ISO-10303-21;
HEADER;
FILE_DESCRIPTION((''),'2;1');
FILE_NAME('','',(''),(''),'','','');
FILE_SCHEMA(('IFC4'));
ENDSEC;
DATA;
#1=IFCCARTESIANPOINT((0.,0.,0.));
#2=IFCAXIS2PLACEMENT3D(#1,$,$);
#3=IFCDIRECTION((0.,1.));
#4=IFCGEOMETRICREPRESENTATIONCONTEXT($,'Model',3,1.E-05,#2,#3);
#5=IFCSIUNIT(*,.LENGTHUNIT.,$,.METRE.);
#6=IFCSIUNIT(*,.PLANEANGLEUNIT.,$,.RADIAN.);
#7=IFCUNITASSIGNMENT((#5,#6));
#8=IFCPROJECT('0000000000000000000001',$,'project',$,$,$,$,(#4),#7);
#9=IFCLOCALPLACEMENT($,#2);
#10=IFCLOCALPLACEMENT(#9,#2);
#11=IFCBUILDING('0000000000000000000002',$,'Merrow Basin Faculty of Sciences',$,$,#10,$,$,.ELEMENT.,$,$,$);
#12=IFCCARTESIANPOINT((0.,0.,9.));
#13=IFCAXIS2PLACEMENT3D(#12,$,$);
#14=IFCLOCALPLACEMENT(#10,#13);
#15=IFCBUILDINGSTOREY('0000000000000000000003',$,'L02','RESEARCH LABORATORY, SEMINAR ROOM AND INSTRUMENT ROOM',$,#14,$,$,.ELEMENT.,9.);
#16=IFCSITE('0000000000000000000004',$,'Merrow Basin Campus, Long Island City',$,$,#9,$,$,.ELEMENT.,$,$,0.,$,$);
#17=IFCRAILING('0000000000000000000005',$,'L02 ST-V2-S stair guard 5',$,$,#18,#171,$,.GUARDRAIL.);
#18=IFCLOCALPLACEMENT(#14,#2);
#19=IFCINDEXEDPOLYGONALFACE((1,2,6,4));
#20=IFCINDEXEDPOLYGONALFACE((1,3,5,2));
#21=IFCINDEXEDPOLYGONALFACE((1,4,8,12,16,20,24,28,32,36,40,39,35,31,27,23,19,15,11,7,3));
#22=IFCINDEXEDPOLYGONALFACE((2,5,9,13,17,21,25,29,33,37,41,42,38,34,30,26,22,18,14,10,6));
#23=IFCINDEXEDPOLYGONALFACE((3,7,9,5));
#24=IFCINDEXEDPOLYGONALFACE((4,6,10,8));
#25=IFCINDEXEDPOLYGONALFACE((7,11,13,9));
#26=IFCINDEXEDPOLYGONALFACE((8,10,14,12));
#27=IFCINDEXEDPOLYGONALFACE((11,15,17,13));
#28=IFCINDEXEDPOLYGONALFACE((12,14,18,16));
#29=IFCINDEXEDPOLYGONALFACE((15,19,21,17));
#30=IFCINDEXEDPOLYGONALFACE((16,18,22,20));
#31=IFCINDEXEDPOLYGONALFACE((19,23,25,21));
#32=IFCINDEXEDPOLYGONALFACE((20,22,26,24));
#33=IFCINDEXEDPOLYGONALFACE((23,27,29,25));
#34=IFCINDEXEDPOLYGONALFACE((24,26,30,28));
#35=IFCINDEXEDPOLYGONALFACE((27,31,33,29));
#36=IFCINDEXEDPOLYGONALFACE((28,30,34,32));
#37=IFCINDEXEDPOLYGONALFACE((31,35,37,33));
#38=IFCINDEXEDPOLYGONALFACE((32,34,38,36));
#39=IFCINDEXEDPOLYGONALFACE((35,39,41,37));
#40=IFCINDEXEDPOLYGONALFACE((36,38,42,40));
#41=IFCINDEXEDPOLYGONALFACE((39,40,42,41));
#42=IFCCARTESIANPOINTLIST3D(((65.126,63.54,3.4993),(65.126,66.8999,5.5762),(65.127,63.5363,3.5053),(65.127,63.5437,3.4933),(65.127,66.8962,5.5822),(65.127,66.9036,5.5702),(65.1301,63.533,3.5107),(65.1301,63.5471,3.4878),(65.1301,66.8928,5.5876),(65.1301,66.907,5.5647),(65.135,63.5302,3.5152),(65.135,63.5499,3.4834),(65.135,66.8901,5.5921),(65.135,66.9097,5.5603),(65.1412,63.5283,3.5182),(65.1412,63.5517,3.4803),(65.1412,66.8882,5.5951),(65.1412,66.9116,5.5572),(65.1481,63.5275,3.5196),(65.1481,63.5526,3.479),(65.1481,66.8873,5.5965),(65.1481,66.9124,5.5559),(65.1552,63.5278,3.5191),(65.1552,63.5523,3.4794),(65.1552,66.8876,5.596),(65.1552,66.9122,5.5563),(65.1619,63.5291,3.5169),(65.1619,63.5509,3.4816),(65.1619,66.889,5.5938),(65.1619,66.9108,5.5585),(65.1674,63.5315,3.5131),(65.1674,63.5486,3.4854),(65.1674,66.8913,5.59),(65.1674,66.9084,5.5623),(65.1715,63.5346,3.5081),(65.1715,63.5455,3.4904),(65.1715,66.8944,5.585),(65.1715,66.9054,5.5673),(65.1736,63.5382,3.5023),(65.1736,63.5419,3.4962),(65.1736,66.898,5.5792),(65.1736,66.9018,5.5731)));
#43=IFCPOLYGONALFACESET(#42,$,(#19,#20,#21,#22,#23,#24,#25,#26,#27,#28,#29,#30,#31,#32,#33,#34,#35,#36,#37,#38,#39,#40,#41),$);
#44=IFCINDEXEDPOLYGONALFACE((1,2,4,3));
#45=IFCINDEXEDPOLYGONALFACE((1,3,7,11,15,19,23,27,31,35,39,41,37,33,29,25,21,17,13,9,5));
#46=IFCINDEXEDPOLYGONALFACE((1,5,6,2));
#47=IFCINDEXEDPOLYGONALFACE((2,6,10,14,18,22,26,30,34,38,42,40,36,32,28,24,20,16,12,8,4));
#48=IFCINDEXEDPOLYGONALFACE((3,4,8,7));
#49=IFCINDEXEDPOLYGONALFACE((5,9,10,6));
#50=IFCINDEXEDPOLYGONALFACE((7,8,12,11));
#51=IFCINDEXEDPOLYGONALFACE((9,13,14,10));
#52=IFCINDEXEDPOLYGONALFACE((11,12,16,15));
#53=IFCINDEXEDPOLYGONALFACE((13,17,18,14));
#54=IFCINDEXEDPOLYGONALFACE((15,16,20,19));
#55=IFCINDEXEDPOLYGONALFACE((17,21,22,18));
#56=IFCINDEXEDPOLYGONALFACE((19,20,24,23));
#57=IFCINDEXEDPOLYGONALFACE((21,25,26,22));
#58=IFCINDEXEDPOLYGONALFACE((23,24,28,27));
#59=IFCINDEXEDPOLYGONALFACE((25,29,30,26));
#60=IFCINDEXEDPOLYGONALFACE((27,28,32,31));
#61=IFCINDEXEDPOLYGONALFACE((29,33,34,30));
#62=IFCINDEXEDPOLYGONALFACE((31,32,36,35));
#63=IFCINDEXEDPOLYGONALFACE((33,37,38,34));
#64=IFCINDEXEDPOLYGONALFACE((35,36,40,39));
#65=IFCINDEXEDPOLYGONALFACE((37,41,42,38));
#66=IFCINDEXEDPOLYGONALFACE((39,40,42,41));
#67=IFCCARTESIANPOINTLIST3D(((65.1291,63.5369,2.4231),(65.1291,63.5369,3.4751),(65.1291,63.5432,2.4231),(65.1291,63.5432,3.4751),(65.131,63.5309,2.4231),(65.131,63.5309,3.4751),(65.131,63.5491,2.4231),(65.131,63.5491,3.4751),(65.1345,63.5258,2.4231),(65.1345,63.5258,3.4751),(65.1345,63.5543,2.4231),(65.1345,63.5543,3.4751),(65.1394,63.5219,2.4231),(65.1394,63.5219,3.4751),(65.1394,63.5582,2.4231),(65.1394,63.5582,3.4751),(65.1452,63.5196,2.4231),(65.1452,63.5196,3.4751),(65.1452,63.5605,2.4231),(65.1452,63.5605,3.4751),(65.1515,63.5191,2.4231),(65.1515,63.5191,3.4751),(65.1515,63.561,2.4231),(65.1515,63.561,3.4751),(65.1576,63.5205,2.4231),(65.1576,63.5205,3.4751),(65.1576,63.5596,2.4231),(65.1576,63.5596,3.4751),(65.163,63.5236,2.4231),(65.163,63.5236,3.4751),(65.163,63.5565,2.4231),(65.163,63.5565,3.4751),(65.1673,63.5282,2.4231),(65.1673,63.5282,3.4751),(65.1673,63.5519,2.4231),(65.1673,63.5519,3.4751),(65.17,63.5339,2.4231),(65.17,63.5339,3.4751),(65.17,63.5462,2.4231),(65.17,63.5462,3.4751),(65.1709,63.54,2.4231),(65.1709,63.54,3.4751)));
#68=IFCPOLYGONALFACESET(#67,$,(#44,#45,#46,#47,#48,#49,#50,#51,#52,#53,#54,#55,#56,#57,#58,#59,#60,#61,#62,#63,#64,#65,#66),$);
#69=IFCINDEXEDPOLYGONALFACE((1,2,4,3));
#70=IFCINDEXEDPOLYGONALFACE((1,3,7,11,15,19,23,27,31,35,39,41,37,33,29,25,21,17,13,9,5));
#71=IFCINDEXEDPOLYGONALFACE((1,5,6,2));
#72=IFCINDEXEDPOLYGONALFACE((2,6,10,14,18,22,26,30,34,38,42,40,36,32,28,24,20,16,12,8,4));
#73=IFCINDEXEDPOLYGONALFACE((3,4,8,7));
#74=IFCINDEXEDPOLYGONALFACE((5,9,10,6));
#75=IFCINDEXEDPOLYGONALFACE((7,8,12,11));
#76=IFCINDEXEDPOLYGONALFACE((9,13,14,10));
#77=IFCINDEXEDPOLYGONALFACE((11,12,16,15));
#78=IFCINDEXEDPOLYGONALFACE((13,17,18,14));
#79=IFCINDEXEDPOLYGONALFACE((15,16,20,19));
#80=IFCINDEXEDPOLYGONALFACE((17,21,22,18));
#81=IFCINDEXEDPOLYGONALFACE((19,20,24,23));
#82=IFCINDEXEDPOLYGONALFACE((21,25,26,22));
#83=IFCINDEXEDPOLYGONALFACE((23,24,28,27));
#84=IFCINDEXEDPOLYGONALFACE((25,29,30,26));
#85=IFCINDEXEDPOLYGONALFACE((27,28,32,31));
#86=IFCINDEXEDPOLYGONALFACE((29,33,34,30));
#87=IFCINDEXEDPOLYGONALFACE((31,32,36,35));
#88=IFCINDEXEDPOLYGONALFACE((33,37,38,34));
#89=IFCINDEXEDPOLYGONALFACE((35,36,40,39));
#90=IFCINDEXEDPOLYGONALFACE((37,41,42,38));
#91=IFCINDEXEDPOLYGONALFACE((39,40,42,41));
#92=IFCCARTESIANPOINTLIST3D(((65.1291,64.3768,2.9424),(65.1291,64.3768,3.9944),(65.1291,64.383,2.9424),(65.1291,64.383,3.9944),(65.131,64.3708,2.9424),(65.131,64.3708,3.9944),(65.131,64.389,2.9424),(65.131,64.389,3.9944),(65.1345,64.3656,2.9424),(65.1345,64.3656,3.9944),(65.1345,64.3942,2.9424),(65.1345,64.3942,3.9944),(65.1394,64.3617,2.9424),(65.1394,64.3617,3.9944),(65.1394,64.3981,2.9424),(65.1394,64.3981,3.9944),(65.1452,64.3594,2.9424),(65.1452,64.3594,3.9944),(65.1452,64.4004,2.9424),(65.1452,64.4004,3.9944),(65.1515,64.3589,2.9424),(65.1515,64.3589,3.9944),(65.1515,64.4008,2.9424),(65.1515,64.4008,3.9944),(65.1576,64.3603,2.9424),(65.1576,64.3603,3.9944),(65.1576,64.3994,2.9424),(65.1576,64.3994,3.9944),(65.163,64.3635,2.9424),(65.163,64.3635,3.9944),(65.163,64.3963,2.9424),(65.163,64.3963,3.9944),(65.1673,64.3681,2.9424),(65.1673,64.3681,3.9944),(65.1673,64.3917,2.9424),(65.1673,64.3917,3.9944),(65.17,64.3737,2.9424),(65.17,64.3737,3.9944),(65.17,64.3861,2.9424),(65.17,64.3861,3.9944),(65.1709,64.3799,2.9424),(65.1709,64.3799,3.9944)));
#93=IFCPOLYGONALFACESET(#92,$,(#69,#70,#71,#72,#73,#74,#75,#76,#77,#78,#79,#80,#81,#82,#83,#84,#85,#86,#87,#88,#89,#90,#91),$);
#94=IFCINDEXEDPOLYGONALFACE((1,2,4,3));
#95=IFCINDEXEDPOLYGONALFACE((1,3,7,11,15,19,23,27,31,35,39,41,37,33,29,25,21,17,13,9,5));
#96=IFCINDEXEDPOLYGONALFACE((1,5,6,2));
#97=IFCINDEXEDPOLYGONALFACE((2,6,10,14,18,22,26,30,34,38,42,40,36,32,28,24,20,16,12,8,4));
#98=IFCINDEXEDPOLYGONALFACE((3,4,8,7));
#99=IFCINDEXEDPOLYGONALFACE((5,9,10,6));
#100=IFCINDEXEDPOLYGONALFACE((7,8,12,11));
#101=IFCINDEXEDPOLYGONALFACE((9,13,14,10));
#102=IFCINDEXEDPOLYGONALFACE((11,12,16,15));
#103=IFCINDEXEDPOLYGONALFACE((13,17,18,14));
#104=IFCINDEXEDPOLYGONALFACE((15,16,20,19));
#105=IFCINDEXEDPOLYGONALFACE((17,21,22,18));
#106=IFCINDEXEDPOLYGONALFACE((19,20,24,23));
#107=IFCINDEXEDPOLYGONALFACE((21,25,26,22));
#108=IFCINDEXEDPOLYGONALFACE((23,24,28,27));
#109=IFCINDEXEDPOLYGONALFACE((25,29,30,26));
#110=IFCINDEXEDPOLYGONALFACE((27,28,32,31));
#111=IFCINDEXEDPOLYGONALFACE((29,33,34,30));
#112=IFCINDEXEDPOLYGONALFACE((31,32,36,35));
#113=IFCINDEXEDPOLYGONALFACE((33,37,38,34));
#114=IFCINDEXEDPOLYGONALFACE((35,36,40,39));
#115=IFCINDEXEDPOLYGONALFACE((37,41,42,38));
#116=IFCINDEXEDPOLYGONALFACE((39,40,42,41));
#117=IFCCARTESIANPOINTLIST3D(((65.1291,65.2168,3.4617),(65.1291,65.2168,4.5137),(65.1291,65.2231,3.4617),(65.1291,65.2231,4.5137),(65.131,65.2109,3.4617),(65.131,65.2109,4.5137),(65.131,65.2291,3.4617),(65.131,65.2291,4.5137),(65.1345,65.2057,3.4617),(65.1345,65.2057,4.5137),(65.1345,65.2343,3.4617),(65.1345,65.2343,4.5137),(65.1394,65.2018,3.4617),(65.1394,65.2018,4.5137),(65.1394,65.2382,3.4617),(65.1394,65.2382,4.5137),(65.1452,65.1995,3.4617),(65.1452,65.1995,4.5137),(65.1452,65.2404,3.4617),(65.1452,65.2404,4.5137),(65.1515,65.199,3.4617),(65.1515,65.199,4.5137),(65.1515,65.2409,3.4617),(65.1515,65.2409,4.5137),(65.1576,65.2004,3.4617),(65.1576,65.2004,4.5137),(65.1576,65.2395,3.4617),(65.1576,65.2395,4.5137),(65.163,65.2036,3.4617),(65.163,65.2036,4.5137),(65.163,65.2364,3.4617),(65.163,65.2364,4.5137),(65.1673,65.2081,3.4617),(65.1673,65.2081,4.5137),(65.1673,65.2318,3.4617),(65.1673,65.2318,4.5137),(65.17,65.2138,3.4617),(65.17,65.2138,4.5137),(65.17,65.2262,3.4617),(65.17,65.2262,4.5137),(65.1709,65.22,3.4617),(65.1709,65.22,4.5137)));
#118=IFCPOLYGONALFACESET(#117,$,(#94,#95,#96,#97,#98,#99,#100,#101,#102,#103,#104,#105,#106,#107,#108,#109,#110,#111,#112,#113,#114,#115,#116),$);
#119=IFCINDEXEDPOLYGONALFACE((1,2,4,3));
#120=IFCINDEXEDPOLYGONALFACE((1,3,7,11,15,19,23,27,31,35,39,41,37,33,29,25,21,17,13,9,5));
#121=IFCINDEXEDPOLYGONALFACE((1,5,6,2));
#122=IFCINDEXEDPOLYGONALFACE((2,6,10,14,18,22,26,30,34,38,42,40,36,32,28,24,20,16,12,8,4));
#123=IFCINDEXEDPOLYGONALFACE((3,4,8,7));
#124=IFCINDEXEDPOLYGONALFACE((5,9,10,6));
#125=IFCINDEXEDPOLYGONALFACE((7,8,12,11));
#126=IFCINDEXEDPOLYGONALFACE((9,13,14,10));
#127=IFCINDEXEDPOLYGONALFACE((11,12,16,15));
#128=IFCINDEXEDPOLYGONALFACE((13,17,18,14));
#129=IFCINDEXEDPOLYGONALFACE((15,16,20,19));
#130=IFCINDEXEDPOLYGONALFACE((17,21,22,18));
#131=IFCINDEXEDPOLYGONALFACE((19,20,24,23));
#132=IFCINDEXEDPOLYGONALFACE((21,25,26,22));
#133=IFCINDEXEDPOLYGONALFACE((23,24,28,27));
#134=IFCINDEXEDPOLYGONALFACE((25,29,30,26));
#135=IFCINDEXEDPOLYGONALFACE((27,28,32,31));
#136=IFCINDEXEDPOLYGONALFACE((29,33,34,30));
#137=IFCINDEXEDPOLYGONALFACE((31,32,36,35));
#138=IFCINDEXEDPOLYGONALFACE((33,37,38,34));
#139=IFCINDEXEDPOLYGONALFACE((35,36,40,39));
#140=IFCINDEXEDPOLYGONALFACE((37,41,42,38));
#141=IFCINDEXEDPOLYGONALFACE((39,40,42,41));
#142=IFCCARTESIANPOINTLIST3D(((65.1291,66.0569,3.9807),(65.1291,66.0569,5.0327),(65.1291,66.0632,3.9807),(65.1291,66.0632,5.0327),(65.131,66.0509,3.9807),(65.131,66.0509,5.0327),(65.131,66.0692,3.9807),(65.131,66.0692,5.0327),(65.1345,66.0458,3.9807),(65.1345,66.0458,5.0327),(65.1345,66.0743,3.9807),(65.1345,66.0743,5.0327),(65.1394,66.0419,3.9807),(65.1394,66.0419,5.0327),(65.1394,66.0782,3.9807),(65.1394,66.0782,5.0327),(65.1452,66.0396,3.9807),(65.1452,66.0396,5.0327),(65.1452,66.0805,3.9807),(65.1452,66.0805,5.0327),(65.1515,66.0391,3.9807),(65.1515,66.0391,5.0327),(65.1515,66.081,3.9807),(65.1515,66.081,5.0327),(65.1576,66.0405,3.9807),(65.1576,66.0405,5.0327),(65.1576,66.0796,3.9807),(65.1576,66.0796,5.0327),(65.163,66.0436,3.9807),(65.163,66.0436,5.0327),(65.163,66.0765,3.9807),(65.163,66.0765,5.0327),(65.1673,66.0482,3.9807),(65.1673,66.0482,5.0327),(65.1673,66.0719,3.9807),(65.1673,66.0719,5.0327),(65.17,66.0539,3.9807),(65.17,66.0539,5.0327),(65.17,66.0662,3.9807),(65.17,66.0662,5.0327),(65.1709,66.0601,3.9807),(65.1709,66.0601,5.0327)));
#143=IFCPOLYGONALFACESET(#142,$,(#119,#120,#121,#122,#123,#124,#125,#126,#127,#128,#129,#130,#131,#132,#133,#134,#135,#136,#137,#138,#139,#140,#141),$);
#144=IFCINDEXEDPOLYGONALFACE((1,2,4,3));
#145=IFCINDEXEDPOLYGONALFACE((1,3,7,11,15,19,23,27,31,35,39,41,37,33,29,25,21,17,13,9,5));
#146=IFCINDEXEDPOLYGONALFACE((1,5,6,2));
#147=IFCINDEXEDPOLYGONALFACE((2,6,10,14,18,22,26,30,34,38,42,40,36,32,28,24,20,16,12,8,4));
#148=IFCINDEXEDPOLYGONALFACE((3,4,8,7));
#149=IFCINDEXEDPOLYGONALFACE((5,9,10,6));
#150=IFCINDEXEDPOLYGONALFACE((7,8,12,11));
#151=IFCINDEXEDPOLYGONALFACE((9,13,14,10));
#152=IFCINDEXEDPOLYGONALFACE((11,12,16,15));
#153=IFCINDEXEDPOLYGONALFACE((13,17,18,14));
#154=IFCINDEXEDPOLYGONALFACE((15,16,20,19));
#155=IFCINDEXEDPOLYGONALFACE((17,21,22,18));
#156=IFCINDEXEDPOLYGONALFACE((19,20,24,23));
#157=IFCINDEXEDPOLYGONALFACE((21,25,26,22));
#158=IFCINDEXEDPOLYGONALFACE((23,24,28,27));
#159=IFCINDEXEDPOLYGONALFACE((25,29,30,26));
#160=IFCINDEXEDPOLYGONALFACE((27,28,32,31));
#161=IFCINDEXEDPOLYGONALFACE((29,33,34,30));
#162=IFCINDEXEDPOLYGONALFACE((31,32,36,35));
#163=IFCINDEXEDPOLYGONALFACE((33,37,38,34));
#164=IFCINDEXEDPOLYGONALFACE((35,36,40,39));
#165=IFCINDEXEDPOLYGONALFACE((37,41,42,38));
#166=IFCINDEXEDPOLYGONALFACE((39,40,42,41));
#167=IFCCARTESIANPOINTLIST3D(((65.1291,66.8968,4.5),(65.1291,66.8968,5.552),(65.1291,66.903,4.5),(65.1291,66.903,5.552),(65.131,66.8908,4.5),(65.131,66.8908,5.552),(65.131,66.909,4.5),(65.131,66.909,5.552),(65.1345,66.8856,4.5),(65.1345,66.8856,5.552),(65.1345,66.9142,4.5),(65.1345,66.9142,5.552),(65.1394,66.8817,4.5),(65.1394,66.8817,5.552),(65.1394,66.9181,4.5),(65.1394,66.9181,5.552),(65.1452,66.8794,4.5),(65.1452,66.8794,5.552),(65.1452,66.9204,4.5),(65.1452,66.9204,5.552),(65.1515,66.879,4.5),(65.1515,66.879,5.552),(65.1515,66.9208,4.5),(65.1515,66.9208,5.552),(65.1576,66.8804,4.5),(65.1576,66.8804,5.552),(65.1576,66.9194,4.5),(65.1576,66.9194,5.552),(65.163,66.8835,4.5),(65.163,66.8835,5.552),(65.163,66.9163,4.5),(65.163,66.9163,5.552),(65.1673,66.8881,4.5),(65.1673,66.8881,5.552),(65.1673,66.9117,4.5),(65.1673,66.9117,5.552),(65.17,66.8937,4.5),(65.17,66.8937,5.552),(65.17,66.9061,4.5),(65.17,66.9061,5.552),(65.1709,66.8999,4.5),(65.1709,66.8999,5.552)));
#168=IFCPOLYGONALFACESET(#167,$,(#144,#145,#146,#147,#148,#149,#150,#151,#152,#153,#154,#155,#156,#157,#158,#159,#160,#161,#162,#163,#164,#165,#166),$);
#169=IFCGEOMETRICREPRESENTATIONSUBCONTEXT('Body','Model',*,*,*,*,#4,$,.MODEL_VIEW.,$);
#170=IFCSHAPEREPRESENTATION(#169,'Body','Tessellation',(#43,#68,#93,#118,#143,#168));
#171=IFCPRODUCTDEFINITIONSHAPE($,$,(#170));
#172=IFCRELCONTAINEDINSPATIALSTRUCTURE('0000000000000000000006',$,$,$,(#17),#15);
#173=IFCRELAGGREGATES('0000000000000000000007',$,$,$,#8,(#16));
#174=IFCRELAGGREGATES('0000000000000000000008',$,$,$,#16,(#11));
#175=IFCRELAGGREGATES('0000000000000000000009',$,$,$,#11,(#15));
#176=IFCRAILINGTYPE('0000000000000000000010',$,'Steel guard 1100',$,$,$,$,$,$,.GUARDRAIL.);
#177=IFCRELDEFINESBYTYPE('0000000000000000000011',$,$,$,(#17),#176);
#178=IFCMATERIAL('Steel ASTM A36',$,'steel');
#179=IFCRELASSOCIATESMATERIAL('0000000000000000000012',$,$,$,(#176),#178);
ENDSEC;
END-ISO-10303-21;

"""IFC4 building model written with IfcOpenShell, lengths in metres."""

from ifc_helpers import new_model, si_unit, direction, frame, origin, origin_2d, place, context, subcontext, project, spatial, circle, extrude, material, type_object, element, save


model = new_model("IFC4")

# Units and contexts
model_context = context("Model", 3, precision=1e-05, world=origin(), true_north=direction((0.0, 1.0)))
body_context = subcontext(model_context, "Body", "Model", "MODEL_VIEW")
ifc_project = project(units=[si_unit("LENGTHUNIT", "METRE"), si_unit("PLANEANGLEUNIT", "RADIAN")], contexts=[model_context])

# Site, building, storey
site_placement = place(None, origin())
site = spatial("IfcSite", under=ifc_project, at=site_placement, Name="Merrow Basin Campus, Long Island City", CompositionType="ELEMENT", RefElevation=0.0)
building_placement = place(site_placement, origin())
building = spatial("IfcBuilding", under=site, at=building_placement, Name="Merrow Basin Faculty of Sciences", CompositionType="ELEMENT")
storey_placement = place(building_placement, frame((0.0, 0.0, 9.0)))
storey = spatial("IfcBuildingStorey", under=building, at=storey_placement, Name="L02", Description="RESEARCH LABORATORY, SEMINAR ROOM AND INSTRUMENT ROOM", CompositionType="ELEMENT", Elevation=9.0)

# Railing
ifc_material_1 = material(Name="Steel ASTM A36", Category="steel")
railing_type_1 = type_object("IfcRailingType", Name="Steel guard 1100", PredefinedType="GUARDRAIL", material=ifc_material_1)
railing_1_placement = place(storey_placement, frame((65.1499, 63.54, 2.4231)))
element("IfcRailing", 1, at=railing_1_placement, inside=storey, type_object=railing_type_1, Name="L02 ST-V2-S stair guard 5", PredefinedType="GUARDRAIL", context=body_context, shape_type="SweptSolid", body=[
    extrude(circle(Radius=0.0239, at=origin_2d()), frame((0.0, 0.0, 1.0762), z_axis=(0.0, 0.850606, 0.525803), x_axis=(-1.0, 0.0, 0.0)), (0.0, 0.0, 1.0), 3.95),
    extrude(circle(Radius=0.021, at=origin_2d()), origin(), (0.0, 0.0, 1.0), 1.052),
    extrude(circle(Radius=0.021, at=origin_2d()), frame((0.0, 0.8398, 0.5193)), (0.0, 0.0, 1.0), 1.052),
    extrude(circle(Radius=0.021, at=origin_2d()), frame((0.0, 1.6799, 1.0386)), (0.0, 0.0, 1.0), 1.052),
    extrude(circle(Radius=0.021, at=origin_2d()), frame((0.0, 2.52, 1.5576)), (0.0, 0.0, 1.0), 1.052),
    extrude(circle(Radius=0.021, at=origin_2d()), frame((0.0, 3.3599, 2.0769)), (0.0, 0.0, 1.0), 1.052),
])

save(model, "model.ifc")
